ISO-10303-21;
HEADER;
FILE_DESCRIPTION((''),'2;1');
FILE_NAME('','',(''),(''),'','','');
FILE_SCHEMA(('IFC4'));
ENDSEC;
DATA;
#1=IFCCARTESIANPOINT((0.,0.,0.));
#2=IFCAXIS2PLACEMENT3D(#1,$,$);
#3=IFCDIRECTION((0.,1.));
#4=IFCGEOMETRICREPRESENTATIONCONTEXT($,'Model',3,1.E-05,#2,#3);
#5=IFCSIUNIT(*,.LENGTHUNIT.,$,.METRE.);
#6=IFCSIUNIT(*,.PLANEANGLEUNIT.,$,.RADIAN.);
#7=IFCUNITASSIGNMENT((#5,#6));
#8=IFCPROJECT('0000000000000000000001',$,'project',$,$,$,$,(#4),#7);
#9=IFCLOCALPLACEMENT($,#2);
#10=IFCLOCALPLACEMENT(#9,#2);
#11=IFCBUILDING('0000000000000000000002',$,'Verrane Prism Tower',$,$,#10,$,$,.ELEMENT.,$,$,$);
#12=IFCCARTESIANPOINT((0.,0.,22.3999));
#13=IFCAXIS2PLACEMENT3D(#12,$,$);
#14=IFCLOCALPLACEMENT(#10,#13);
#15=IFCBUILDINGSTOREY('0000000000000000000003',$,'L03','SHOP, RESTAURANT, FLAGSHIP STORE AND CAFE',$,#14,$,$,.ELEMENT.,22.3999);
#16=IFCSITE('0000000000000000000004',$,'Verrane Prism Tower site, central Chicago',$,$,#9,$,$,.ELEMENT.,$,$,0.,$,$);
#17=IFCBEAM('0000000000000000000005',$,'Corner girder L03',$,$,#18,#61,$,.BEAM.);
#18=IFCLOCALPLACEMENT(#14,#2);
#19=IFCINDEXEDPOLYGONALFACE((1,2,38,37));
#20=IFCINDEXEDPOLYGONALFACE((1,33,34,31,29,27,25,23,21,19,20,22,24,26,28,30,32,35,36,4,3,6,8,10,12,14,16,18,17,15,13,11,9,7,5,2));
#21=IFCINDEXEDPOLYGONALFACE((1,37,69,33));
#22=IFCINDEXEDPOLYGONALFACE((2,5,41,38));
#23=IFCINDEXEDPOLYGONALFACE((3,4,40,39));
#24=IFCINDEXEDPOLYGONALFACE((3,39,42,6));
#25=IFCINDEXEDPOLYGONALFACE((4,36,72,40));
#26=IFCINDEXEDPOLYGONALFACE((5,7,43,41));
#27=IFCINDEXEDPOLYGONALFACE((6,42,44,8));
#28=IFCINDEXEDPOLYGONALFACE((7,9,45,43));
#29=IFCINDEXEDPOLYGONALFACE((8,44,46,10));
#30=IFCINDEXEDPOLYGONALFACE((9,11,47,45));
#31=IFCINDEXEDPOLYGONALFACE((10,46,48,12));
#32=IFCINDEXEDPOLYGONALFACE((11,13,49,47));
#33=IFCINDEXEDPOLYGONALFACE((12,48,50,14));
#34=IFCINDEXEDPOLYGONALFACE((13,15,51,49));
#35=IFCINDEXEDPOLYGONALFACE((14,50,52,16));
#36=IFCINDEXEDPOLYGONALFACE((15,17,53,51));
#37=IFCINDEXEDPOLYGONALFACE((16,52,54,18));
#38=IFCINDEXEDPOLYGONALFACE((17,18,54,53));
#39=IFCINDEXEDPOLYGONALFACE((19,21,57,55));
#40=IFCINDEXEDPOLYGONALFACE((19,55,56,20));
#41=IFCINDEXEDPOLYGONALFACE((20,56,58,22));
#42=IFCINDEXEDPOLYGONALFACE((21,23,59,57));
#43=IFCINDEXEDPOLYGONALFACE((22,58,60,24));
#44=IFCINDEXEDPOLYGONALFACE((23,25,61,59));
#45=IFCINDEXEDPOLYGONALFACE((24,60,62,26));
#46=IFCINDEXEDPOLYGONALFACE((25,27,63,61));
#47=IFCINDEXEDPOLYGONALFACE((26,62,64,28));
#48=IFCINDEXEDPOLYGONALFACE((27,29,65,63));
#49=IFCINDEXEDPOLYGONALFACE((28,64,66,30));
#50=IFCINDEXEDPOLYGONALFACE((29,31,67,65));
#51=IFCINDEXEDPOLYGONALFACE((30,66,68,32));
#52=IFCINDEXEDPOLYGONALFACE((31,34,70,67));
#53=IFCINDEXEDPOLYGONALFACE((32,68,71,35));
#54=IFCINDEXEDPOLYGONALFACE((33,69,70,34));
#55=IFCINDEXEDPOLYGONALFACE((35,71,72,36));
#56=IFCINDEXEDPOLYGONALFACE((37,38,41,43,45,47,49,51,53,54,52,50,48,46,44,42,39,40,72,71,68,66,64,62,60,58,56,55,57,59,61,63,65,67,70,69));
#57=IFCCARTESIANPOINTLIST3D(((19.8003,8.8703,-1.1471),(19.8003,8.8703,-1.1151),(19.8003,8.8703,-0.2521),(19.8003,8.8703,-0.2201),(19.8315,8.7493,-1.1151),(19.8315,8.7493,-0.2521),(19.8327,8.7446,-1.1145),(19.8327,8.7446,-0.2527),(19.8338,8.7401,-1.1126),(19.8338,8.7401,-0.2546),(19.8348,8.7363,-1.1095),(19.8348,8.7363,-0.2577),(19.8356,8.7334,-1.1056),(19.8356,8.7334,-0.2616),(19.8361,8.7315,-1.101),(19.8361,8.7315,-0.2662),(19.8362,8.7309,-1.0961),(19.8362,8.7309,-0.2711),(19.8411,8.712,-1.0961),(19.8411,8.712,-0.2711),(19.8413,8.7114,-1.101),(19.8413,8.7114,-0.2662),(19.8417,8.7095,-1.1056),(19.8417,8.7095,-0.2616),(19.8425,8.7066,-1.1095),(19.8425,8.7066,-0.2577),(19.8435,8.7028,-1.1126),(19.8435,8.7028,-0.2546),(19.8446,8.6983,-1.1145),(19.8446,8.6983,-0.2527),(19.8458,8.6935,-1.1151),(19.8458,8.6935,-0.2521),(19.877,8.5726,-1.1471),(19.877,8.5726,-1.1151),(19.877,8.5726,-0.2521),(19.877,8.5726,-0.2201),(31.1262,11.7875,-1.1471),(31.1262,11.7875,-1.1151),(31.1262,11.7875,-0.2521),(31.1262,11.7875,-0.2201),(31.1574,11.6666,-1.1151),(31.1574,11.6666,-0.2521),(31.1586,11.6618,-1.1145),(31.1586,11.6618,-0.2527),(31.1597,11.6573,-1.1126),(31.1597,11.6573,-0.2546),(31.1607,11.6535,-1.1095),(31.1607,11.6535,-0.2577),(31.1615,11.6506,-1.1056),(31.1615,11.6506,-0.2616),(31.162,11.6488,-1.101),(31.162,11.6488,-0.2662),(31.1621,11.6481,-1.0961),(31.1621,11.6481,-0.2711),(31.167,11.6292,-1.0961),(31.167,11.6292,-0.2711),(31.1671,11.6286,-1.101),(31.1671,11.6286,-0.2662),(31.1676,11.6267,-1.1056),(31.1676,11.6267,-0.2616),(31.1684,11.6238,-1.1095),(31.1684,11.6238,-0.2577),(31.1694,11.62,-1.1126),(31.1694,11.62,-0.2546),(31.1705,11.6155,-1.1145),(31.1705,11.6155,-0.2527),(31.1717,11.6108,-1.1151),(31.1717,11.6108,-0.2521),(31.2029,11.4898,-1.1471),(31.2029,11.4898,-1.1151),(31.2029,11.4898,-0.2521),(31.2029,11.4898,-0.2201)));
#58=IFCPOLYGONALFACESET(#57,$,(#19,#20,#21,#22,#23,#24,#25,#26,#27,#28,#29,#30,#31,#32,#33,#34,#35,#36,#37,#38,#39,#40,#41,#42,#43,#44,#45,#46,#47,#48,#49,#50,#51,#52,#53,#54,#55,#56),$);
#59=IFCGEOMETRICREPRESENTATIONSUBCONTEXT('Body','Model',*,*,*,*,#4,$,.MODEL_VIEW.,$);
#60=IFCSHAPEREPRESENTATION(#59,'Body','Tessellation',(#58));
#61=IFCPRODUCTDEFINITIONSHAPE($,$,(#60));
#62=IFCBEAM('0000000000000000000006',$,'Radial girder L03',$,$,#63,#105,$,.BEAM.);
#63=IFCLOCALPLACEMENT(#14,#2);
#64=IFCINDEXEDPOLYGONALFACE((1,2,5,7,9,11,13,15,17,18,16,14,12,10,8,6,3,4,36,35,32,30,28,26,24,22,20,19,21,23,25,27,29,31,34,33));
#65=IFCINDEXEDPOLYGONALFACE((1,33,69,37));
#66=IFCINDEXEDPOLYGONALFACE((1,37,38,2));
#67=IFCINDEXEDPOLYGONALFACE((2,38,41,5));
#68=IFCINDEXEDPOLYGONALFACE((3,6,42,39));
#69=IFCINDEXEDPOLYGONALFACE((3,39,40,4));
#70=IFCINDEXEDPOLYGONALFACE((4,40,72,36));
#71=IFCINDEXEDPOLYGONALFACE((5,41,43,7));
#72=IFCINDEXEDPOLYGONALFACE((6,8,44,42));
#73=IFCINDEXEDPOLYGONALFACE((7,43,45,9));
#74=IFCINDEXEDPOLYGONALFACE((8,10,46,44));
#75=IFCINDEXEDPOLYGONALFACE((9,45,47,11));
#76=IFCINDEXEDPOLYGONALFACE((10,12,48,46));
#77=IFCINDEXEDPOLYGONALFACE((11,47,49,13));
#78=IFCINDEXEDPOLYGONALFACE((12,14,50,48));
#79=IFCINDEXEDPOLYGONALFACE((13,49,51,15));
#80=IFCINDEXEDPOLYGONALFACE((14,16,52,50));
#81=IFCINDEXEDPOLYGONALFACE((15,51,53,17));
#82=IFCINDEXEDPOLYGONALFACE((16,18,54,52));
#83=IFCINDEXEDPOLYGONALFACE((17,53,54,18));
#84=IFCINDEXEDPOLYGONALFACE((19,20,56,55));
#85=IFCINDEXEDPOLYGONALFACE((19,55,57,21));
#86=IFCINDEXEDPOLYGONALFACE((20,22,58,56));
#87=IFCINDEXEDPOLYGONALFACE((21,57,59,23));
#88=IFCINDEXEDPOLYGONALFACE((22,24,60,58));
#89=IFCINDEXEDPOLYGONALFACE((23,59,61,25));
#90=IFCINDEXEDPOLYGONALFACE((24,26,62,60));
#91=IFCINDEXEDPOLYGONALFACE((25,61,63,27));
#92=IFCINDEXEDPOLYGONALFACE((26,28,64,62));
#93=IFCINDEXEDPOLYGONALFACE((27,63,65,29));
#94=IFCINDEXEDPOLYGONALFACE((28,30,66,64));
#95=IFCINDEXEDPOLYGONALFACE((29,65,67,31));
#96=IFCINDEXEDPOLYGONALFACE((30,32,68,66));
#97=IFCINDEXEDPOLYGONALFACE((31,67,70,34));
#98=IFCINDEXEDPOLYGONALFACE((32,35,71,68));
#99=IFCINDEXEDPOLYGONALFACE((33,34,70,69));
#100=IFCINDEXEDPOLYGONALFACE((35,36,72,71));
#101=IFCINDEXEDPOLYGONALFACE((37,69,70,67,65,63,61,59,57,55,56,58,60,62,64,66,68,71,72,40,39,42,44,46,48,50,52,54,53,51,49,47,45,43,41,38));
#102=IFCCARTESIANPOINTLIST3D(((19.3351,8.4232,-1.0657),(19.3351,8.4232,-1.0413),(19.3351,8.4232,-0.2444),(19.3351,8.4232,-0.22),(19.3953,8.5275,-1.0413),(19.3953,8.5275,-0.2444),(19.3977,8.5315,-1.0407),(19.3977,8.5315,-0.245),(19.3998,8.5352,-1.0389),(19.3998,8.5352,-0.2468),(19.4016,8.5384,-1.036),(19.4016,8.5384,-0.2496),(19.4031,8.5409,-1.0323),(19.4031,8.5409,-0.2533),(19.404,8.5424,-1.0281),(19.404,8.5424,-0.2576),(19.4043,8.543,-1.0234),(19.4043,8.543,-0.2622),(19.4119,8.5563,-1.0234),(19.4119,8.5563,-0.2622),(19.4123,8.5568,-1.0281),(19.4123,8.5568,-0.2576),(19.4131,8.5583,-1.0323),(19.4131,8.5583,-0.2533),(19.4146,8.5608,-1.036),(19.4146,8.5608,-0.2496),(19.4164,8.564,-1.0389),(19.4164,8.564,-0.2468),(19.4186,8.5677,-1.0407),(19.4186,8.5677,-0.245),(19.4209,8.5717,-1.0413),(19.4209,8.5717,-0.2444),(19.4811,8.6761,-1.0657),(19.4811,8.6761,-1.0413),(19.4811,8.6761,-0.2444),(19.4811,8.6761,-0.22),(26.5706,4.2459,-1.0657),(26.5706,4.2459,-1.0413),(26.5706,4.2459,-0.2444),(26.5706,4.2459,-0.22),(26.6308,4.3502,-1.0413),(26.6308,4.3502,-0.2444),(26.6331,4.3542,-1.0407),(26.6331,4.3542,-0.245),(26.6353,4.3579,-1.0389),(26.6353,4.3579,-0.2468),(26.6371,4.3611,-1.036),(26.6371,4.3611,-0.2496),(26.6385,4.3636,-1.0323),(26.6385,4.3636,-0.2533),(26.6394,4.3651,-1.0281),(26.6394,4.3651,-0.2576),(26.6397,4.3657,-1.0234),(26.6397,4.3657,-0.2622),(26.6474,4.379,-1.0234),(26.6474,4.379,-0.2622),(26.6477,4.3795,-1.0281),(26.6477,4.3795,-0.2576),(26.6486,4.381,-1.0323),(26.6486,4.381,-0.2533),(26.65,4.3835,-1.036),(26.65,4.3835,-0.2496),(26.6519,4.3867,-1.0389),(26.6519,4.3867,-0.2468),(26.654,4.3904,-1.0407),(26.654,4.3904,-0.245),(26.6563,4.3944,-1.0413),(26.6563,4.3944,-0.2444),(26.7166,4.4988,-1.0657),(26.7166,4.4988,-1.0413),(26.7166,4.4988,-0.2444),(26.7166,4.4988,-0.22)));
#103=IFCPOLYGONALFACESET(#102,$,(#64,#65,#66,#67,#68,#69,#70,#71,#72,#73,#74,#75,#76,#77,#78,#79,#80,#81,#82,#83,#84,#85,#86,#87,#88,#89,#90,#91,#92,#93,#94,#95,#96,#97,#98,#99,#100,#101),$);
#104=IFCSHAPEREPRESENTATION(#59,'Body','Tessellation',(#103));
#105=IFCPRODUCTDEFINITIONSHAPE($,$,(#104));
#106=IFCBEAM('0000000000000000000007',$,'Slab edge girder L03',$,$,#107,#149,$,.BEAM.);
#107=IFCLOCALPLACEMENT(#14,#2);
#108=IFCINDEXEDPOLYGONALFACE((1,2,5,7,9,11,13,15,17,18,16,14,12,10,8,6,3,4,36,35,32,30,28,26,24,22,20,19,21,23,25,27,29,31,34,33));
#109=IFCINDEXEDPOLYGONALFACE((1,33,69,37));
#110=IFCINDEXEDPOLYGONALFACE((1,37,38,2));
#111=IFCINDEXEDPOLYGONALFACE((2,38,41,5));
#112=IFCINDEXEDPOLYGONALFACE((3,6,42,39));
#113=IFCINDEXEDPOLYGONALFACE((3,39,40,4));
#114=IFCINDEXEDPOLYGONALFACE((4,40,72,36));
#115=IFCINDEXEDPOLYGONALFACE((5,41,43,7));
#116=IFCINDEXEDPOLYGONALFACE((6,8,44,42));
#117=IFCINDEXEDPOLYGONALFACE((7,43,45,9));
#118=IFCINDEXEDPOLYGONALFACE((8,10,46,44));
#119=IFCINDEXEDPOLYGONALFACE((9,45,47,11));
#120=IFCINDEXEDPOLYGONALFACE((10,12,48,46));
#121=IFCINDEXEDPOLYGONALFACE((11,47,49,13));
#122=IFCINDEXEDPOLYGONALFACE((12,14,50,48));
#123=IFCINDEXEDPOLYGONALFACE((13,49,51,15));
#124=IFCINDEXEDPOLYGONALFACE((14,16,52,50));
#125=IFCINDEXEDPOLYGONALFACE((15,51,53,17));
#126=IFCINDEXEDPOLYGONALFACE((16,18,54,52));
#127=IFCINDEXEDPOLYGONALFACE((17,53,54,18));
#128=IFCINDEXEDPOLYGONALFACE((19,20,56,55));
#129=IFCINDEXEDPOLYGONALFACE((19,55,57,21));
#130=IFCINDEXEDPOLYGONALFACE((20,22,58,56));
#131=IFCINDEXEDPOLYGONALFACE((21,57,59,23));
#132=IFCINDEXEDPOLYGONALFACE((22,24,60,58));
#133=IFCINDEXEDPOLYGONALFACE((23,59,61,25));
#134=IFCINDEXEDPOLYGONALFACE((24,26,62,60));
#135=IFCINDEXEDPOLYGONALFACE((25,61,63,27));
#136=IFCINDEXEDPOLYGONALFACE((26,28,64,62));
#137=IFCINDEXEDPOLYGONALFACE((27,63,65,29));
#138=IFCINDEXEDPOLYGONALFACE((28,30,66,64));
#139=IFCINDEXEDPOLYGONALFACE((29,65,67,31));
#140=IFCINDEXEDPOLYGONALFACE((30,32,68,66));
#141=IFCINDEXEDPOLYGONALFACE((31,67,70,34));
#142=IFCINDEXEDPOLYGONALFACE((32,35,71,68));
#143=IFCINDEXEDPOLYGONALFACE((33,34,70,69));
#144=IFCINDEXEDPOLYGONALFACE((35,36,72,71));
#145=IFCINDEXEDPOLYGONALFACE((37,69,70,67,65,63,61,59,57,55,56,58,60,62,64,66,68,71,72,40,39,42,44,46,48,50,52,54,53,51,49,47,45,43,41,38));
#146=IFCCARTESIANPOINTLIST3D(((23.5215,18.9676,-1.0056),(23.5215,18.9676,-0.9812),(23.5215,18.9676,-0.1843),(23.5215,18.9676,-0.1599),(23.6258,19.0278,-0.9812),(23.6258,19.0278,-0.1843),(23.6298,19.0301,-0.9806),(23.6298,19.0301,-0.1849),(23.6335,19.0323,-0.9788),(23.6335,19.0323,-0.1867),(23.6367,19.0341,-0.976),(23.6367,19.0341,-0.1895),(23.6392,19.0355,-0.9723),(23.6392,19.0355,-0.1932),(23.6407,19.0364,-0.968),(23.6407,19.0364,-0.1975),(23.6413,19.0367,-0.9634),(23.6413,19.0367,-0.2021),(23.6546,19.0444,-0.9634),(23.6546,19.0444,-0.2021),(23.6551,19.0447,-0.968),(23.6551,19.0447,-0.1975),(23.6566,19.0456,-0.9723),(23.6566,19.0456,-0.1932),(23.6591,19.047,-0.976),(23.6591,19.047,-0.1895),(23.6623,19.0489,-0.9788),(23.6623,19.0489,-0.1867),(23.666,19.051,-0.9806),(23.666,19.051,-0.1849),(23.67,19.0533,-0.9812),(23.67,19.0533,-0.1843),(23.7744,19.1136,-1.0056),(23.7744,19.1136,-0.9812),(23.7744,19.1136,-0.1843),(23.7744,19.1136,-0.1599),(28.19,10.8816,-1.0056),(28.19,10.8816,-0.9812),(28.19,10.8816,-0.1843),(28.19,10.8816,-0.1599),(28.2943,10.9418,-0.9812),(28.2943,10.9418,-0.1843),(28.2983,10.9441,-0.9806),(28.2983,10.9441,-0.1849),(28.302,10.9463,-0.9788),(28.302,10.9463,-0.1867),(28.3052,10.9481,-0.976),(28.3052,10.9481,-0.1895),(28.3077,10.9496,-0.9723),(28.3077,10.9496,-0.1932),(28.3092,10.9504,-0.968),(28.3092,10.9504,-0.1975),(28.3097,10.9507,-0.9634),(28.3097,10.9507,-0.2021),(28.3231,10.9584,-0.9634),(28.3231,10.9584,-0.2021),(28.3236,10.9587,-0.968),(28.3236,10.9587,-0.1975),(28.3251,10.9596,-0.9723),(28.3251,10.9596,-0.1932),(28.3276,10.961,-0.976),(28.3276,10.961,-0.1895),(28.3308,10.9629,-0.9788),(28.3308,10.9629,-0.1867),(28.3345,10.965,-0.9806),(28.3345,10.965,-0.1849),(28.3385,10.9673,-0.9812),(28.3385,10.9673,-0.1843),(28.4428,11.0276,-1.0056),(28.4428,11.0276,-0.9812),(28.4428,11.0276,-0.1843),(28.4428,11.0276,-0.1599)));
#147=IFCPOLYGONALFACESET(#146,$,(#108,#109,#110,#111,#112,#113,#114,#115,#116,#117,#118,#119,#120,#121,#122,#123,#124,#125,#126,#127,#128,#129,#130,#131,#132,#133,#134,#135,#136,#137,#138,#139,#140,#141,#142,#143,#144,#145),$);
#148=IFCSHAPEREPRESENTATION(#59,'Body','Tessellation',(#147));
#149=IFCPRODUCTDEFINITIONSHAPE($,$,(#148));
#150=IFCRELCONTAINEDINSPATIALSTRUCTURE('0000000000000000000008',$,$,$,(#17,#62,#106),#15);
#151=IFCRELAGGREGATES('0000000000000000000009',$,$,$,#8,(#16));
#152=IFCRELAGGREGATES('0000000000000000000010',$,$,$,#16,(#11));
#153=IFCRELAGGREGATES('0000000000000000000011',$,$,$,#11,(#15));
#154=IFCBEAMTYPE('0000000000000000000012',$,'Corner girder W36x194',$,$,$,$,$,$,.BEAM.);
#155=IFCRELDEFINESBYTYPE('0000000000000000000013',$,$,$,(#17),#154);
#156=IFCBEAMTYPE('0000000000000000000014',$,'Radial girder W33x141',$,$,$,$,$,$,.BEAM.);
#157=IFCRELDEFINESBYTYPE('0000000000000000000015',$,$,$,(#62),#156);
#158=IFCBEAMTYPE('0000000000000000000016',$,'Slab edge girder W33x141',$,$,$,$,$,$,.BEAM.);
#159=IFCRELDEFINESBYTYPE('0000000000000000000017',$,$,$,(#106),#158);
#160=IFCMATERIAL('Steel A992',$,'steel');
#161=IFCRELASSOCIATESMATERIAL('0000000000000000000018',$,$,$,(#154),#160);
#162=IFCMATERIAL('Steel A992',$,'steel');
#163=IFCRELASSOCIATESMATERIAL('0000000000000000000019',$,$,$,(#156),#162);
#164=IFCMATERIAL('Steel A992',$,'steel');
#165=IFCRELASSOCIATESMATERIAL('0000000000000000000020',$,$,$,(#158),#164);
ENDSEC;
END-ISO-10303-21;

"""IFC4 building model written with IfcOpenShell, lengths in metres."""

from ifc_helpers import new_model, si_unit, direction, frame, origin, origin_2d, place, context, subcontext, project, spatial, i_section, extrude, material, material_profile, profile_set, type_object, element, save


model = new_model("IFC4")

# Units and contexts
model_context = context("Model", 3, precision=1e-05, world=origin(), true_north=direction((0.0, 1.0)))
body_context = subcontext(model_context, "Body", "Model", "MODEL_VIEW")
ifc_project = project(units=[si_unit("LENGTHUNIT", "METRE"), si_unit("PLANEANGLEUNIT", "RADIAN")], contexts=[model_context])

# Site, building, storey
site_placement = place(None, origin())
site = spatial("IfcSite", under=ifc_project, at=site_placement, Name="Verrane Prism Tower site, central Chicago", CompositionType="ELEMENT", RefElevation=0.0)
building_placement = place(site_placement, origin())
building = spatial("IfcBuilding", under=site, at=building_placement, Name="Verrane Prism Tower", CompositionType="ELEMENT")
storey_placement = place(building_placement, frame((0.0, 0.0, 22.3999)))
storey = spatial("IfcBuildingStorey", under=building, at=storey_placement, Name="L03", Description="SHOP, RESTAURANT, FLAGSHIP STORE AND CAFE", CompositionType="ELEMENT", Elevation=22.3999)

# Beams
ifc_material_1 = material(Name="Steel A992", Category="steel")
ifc_material_profile_1 = material_profile(ifc_material_1, i_section(OverallWidth=0.3074, OverallDepth=0.927, WebThickness=0.0195, FlangeThickness=0.032, FilletRadius=0.019, at=origin_2d()), Name="W36x194")
ifc_profile_set_1 = profile_set([ifc_material_profile_1], Name="Steel A992")
beam_type_1 = type_object("IfcBeamType", Name="Corner girder W36x194", PredefinedType="BEAM", material=ifc_profile_set_1)
beam_1_placement = place(storey_placement, frame((31.1646, 11.6387, -0.6836), z_axis=(-0.968393, -0.24943, 0.0), x_axis=(0.24943, -0.968393, 0.0)))
element("IfcBeam", 1, at=beam_1_placement, inside=storey, type_object=beam_type_1, Name="Corner girder L03", PredefinedType="BEAM", context=body_context, shape_type="SweptSolid", body=[
    extrude(i_section(OverallWidth=0.3074, OverallDepth=0.927, WebThickness=0.0195, FlangeThickness=0.032, FilletRadius=0.019, at=origin_2d()), origin(), (0.0, 0.0, 1.0), 11.6956),
])
ifc_material_2 = material(Name="Steel A992", Category="steel")
ifc_material_profile_2 = material_profile(ifc_material_2, i_section(OverallWidth=0.292, OverallDepth=0.8457, WebThickness=0.0154, FlangeThickness=0.0244, FilletRadius=0.0178, at=origin_2d()), Name="W33x141")
ifc_profile_set_2 = profile_set([ifc_material_profile_2], Name="Steel A992")
beam_type_2 = type_object("IfcBeamType", Name="Radial girder W33x141", PredefinedType="BEAM", material=ifc_profile_set_2)
beam_2_placement = place(storey_placement, frame((26.6436, 4.3723, -0.6428), z_axis=(-0.86603, 0.499992, 0.0), x_axis=(-0.499992, -0.86603, 0.0)))
element("IfcBeam", 2, at=beam_2_placement, inside=storey, type_object=beam_type_2, Name="Radial girder L03", PredefinedType="BEAM", context=body_context, shape_type="SweptSolid", body=[
    extrude(i_section(OverallWidth=0.292, OverallDepth=0.8457, WebThickness=0.0154, FlangeThickness=0.0244, FilletRadius=0.0178, at=origin_2d()), origin(), (0.0, 0.0, 1.0), 8.3547),
])
ifc_material_3 = material(Name="Steel A992", Category="steel")
ifc_material_profile_3 = material_profile(ifc_material_3, i_section(OverallWidth=0.292, OverallDepth=0.8457, WebThickness=0.0154, FlangeThickness=0.0244, FilletRadius=0.0178, at=origin_2d()), Name="W33x141")
ifc_profile_set_3 = profile_set([ifc_material_profile_3], Name="Steel A992")
beam_type_3 = type_object("IfcBeamType", Name="Slab edge girder W33x141", PredefinedType="BEAM", material=ifc_profile_set_3)
beam_3_placement = place(storey_placement, frame((28.3164, 10.9546, -0.5828), z_axis=(-0.500003, 0.866024, 0.0), x_axis=(-0.866024, -0.500003, 0.0)))
element("IfcBeam", 3, at=beam_3_placement, inside=storey, type_object=beam_type_3, Name="Slab edge girder L03", PredefinedType="BEAM", context=body_context, shape_type="SweptSolid", body=[
    extrude(i_section(OverallWidth=0.292, OverallDepth=0.8457, WebThickness=0.0154, FlangeThickness=0.0244, FilletRadius=0.0178, at=origin_2d()), origin(), (0.0, 0.0, 1.0), 9.3369),
])

save(model, "model.ifc")
